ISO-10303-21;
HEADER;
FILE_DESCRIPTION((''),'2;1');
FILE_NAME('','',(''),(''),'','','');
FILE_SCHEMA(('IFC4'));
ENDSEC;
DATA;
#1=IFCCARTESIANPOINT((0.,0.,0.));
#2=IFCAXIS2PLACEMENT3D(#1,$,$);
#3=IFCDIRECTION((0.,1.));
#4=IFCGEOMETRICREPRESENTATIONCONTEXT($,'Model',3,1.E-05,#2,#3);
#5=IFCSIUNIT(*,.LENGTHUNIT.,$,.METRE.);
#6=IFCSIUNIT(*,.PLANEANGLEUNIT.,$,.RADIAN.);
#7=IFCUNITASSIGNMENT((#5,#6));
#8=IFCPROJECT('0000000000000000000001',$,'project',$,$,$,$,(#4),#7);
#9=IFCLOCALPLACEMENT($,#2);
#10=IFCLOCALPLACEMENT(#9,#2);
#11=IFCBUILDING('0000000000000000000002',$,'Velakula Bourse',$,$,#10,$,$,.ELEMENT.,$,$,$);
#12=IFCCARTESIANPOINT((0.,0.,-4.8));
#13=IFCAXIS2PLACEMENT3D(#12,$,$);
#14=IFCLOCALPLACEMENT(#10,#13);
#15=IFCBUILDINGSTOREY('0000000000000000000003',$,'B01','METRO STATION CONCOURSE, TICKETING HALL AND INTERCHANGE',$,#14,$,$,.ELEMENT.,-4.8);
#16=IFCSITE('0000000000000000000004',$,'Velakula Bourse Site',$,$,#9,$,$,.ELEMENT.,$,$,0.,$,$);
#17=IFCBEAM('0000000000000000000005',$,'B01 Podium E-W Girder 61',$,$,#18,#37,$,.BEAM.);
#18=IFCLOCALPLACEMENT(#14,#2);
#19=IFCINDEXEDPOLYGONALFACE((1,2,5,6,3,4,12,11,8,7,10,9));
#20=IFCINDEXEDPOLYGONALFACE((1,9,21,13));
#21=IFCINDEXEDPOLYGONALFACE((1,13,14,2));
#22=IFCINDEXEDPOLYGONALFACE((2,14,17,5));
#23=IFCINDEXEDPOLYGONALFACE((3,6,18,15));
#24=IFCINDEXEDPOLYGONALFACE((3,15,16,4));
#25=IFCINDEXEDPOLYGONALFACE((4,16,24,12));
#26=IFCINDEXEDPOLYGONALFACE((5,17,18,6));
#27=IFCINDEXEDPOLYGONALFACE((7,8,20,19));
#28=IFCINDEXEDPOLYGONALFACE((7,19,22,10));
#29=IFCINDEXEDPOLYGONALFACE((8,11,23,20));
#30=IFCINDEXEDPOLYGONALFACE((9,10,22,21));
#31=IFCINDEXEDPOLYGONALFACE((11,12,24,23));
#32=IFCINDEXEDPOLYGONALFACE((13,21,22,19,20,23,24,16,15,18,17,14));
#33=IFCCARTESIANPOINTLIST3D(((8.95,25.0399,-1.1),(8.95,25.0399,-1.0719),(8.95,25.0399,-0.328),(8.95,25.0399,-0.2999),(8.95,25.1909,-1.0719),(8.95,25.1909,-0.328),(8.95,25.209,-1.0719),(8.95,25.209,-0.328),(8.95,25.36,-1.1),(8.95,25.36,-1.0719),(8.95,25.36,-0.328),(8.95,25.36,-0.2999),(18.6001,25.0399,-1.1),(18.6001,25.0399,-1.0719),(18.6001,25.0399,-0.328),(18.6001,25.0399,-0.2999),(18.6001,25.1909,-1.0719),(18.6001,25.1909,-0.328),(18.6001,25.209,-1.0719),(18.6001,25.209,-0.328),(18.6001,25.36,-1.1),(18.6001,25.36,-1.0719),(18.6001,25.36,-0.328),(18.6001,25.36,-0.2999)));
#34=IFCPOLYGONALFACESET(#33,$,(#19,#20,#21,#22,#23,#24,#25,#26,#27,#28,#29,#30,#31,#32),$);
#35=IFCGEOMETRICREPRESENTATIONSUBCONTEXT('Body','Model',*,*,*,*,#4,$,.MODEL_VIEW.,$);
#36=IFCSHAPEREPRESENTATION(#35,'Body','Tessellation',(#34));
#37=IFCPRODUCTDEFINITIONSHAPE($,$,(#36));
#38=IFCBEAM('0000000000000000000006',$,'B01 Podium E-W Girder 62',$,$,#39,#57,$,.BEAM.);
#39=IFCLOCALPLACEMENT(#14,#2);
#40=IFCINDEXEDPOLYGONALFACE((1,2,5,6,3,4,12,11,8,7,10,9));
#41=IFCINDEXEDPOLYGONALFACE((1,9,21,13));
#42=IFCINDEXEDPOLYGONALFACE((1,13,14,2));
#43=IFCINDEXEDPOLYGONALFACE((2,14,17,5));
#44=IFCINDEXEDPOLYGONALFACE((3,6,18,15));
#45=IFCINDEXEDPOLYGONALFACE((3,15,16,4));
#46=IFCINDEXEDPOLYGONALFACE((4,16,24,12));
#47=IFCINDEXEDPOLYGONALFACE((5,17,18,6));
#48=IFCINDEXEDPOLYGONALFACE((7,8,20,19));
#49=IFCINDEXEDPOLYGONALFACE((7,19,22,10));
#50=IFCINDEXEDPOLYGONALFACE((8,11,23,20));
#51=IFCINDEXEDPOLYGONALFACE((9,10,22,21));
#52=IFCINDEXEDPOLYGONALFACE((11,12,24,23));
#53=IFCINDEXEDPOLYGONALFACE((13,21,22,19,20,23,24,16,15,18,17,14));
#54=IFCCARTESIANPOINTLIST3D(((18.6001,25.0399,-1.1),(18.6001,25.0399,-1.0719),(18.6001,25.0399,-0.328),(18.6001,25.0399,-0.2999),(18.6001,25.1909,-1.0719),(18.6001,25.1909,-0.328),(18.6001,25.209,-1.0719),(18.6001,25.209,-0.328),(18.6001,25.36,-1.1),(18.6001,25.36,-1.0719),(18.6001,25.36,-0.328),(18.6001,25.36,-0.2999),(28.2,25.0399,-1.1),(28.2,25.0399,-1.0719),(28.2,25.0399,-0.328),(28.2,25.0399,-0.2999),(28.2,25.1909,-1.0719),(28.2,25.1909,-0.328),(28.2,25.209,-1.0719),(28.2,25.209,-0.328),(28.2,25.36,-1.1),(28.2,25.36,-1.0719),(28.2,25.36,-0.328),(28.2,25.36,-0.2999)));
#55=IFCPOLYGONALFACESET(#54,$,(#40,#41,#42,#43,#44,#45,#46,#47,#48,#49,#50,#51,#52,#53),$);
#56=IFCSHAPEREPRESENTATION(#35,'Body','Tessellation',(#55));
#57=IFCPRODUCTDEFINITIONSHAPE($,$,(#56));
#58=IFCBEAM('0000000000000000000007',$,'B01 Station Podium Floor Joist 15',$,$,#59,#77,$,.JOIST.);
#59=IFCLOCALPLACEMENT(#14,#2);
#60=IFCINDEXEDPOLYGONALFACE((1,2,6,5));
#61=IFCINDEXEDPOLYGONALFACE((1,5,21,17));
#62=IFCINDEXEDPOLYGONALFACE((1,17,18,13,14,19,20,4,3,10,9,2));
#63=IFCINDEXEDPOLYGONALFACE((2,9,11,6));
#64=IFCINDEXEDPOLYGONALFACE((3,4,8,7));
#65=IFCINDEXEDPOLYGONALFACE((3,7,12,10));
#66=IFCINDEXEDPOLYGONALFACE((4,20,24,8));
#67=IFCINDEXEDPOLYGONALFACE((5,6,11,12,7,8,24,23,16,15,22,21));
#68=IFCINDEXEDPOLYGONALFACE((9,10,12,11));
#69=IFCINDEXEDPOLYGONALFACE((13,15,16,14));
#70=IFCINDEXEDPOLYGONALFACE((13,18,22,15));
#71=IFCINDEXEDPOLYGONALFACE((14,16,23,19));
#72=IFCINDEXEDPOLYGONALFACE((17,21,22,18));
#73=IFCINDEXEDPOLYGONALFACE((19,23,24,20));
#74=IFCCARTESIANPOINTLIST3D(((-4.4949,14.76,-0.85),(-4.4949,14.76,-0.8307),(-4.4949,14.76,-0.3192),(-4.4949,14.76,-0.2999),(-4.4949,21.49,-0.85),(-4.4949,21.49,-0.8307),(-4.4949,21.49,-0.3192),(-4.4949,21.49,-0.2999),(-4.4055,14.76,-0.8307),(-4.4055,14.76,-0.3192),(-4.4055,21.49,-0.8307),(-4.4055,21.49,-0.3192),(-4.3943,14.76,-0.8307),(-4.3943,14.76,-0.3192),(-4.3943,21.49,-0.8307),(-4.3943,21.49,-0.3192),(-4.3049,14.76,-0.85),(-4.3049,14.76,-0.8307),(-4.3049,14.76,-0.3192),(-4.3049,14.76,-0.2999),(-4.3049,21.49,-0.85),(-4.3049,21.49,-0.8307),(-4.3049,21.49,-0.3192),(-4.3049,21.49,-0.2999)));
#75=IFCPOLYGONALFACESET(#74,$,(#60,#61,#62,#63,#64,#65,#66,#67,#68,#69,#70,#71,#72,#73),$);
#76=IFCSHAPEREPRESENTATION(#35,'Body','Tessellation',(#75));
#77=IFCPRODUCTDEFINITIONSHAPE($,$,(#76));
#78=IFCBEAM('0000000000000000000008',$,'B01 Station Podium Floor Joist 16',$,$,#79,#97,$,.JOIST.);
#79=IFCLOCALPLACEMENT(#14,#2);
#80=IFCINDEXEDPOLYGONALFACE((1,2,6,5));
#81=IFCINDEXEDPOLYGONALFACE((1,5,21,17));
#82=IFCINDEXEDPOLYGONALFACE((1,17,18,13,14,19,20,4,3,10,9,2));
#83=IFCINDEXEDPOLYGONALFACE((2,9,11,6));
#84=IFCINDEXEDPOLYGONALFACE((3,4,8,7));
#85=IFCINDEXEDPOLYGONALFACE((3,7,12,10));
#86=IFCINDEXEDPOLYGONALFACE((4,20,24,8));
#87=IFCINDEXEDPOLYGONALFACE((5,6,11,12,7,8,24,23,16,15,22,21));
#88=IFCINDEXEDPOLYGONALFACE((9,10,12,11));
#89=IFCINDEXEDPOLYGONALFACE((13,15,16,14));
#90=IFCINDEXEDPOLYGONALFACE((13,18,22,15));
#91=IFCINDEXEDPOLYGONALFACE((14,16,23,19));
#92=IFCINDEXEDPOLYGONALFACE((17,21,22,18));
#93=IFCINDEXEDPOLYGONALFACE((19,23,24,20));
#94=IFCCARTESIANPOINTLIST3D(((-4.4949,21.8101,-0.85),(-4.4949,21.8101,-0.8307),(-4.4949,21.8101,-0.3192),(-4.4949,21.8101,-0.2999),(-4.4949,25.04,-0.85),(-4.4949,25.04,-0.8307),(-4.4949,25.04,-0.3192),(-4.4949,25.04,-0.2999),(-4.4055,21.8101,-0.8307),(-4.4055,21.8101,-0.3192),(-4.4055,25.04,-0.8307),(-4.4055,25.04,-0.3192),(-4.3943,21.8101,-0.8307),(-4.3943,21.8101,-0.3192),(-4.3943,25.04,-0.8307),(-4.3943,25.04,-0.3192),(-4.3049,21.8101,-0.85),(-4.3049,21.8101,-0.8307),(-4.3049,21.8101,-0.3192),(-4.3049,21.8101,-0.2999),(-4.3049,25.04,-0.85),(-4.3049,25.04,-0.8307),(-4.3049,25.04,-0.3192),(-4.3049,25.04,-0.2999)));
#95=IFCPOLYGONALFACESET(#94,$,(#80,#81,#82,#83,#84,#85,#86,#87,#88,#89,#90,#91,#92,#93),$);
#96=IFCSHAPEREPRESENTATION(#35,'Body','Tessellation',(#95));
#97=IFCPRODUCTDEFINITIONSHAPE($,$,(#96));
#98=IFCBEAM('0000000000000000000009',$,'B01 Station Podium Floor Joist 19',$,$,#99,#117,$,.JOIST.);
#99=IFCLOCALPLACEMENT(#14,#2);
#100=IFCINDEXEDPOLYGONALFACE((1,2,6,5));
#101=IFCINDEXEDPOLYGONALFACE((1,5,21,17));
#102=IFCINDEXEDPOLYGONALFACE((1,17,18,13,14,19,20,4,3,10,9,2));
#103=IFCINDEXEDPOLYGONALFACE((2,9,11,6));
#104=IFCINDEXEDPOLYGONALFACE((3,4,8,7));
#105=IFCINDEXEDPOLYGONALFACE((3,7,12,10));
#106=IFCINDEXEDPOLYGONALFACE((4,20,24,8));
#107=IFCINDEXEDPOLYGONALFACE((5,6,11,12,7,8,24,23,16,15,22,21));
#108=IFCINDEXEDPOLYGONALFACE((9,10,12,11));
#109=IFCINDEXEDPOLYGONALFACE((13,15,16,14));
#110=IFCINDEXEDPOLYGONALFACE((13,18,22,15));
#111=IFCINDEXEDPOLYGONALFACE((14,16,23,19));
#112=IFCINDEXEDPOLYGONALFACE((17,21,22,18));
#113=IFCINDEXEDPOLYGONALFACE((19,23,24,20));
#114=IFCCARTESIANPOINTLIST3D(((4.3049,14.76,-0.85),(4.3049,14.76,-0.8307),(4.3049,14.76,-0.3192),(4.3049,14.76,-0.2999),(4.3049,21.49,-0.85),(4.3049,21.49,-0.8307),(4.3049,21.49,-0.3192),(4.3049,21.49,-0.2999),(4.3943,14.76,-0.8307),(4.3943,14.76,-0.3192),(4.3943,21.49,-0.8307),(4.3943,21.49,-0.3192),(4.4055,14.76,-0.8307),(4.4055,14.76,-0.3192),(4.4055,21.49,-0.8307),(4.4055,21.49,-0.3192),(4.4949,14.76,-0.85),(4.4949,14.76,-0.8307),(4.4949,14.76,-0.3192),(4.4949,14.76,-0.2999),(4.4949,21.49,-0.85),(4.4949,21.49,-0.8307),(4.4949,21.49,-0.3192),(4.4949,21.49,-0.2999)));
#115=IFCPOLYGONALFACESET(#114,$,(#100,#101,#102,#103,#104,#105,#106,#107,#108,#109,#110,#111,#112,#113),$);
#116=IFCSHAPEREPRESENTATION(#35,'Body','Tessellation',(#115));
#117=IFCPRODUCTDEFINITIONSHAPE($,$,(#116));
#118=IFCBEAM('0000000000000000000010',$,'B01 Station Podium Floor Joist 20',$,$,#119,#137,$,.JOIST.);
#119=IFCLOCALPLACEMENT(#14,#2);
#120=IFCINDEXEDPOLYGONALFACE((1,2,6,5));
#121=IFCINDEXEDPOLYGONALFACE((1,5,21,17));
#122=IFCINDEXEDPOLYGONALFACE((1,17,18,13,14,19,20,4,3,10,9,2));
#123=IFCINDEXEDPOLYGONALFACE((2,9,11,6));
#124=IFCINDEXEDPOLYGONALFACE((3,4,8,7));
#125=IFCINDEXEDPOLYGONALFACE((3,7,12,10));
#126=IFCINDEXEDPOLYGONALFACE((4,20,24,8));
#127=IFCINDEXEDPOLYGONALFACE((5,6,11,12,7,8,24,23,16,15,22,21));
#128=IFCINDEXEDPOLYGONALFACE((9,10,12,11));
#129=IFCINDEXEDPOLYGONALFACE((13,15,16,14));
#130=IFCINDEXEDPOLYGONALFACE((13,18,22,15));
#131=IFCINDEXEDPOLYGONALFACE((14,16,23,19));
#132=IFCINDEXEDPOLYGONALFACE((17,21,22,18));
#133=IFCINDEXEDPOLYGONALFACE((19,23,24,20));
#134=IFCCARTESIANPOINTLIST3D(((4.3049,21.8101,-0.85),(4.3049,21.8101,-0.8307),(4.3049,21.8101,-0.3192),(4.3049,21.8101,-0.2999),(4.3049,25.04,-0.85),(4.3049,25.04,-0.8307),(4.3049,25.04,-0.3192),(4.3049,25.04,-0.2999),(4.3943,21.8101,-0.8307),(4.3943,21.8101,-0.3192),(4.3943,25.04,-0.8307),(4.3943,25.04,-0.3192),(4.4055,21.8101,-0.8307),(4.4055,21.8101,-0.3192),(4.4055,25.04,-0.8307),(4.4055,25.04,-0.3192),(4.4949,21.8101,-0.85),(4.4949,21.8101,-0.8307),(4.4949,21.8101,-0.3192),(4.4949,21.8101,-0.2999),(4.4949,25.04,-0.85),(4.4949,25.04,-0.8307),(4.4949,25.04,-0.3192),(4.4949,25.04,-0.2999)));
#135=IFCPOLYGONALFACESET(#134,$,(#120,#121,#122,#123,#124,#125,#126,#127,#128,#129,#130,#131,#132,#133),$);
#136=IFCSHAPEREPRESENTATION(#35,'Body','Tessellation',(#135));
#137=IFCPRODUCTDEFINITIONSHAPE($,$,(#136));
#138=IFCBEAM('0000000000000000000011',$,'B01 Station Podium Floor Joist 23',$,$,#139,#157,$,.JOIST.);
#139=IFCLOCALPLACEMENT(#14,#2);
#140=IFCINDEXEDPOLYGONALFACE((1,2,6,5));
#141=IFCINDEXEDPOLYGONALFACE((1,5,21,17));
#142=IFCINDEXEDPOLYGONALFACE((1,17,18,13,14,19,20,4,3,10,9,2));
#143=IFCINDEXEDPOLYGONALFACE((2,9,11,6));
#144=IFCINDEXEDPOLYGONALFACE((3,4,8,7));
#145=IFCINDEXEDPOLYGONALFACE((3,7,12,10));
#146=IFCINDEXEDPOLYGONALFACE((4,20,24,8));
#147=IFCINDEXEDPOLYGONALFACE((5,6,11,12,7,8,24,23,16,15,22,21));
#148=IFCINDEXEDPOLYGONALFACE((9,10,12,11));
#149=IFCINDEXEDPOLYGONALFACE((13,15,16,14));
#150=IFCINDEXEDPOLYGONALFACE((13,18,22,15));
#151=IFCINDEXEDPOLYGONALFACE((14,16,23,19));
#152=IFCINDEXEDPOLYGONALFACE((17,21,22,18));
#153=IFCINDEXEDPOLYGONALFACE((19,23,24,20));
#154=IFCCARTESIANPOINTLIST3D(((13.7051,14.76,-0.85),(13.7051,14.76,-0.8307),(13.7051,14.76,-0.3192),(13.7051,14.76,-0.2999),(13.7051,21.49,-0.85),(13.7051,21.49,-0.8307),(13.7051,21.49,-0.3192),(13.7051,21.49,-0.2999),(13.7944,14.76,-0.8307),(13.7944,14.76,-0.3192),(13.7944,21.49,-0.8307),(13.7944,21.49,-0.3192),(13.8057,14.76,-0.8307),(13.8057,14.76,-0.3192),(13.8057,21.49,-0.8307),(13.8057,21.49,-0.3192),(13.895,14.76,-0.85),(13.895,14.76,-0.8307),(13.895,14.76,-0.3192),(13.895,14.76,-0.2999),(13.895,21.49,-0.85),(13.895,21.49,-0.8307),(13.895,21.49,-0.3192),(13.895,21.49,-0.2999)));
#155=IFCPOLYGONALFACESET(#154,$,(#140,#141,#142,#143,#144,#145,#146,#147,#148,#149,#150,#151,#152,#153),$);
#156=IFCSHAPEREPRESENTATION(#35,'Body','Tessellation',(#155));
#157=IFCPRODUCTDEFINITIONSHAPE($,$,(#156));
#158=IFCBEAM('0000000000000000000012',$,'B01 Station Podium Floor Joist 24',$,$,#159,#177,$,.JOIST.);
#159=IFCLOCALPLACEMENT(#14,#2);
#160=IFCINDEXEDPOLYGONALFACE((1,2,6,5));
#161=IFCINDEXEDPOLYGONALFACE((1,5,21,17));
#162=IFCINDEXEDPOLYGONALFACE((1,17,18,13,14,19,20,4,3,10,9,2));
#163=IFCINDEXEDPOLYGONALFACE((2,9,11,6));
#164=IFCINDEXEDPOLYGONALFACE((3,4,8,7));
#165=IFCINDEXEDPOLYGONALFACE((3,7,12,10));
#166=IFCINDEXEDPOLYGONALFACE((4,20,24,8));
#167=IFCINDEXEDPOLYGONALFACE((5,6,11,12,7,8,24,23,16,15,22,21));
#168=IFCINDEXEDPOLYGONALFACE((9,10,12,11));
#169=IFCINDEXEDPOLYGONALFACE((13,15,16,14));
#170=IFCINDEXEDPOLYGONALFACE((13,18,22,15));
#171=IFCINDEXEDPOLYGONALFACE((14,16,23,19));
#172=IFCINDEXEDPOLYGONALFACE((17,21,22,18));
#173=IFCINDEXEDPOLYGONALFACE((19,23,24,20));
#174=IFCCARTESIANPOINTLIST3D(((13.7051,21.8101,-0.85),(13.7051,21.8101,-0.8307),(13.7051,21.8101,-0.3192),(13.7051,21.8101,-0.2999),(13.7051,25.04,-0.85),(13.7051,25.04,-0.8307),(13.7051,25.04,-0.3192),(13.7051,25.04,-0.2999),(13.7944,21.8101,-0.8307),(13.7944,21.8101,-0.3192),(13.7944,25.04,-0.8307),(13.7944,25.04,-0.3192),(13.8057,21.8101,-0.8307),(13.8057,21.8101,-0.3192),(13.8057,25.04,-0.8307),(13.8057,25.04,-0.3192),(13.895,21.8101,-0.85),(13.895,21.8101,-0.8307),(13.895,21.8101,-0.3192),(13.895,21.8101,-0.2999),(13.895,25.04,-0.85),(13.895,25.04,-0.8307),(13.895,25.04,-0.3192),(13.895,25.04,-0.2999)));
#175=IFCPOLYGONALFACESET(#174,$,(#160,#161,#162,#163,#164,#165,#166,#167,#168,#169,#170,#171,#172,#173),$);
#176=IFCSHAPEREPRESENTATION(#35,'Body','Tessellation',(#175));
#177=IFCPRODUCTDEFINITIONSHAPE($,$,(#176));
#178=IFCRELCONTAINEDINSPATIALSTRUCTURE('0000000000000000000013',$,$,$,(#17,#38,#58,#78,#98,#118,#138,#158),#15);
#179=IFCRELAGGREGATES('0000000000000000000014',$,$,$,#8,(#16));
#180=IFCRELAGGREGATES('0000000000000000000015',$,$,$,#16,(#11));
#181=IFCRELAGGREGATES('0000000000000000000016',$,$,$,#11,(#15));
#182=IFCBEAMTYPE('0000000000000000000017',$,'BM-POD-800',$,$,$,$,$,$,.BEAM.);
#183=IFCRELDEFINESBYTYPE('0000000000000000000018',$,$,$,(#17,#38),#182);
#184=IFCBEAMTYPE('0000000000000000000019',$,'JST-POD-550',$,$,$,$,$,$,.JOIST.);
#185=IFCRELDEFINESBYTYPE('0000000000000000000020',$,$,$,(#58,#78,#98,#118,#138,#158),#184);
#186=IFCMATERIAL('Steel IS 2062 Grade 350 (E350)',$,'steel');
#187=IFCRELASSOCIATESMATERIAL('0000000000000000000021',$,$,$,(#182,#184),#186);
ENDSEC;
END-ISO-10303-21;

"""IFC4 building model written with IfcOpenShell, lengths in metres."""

from ifc_helpers import new_model, si_unit, direction, frame, origin, origin_2d, place, context, subcontext, project, spatial, i_section, extrude, material, material_profile, profile_set, type_object, element, save


model = new_model("IFC4")

# Units and contexts
model_context = context("Model", 3, precision=1e-05, world=origin(), true_north=direction((0.0, 1.0)))
body_context = subcontext(model_context, "Body", "Model", "MODEL_VIEW")
ifc_project = project(units=[si_unit("LENGTHUNIT", "METRE"), si_unit("PLANEANGLEUNIT", "RADIAN")], contexts=[model_context])

# Site, building, storey
site_placement = place(None, origin())
site = spatial("IfcSite", under=ifc_project, at=site_placement, Name="Velakula Bourse Site", CompositionType="ELEMENT", RefElevation=0.0)
building_placement = place(site_placement, origin())
building = spatial("IfcBuilding", under=site, at=building_placement, Name="Velakula Bourse", CompositionType="ELEMENT")
storey_placement = place(building_placement, frame((0.0, 0.0, -4.8)))
storey = spatial("IfcBuildingStorey", under=building, at=storey_placement, Name="B01", Description="METRO STATION CONCOURSE, TICKETING HALL AND INTERCHANGE", CompositionType="ELEMENT", Elevation=-4.8)

# Beams
ifc_material_1 = material(Name="Steel IS 2062 Grade 350 (E350)", Category="steel")
ifc_material_profile_1 = material_profile(ifc_material_1, i_section(OverallWidth=0.3201, OverallDepth=0.8, WebThickness=0.0181, FlangeThickness=0.0281, at=origin_2d()), Name="Steel IS 2062 Grade 350 (E350)")
ifc_profile_set_1 = profile_set([ifc_material_profile_1], Name="Steel IS 2062 Grade 350 (E350)")
beam_type_1 = type_object("IfcBeamType", Name="BM-POD-800", PredefinedType="BEAM", material=ifc_profile_set_1)
beam_1_placement = place(storey_placement, frame((8.95, 25.2, -0.7), z_axis=(1.0, 0.0, 0.0), x_axis=(0.0, 1.0, 0.0)))
element("IfcBeam", 1, at=beam_1_placement, inside=storey, type_object=beam_type_1, Name="B01 Podium E-W Girder 61", PredefinedType="BEAM", context=body_context, shape_type="SweptSolid", body=[
    extrude(i_section(OverallWidth=0.3201, OverallDepth=0.8, WebThickness=0.0181, FlangeThickness=0.0281, at=origin_2d()), origin(), (0.0, 0.0, 1.0), 9.6501),
])
beam_2_placement = place(storey_placement, frame((18.6001, 25.2, -0.7), z_axis=(1.0, 0.0, 0.0), x_axis=(0.0, 1.0, 0.0)))
element("IfcBeam", 2, at=beam_2_placement, inside=storey, type_object=beam_type_1, Name="B01 Podium E-W Girder 62", PredefinedType="BEAM", context=body_context, shape_type="SweptSolid", body=[
    extrude(i_section(OverallWidth=0.3201, OverallDepth=0.8, WebThickness=0.0181, FlangeThickness=0.0281, at=origin_2d()), origin(), (0.0, 0.0, 1.0), 9.5999),
])
ifc_material_profile_2 = material_profile(ifc_material_1, i_section(OverallWidth=0.1899, OverallDepth=0.55, WebThickness=0.0112, FlangeThickness=0.0193, at=origin_2d()), Name="Steel IS 2062 Grade 350 (E350)")
ifc_profile_set_2 = profile_set([ifc_material_profile_2], Name="Steel IS 2062 Grade 350 (E350)")
beam_type_2 = type_object("IfcBeamType", Name="JST-POD-550", PredefinedType="JOIST", material=ifc_profile_set_2)
beam_3_placement = place(storey_placement, frame((-4.3999, 14.76, -0.575), z_axis=(0.0, 1.0, 0.0), x_axis=(-1.0, 0.0, 0.0)))
element("IfcBeam", 3, at=beam_3_placement, inside=storey, type_object=beam_type_2, Name="B01 Station Podium Floor Joist 15", PredefinedType="JOIST", context=body_context, shape_type="SweptSolid", body=[
    extrude(i_section(OverallWidth=0.1899, OverallDepth=0.55, WebThickness=0.0112, FlangeThickness=0.0193, at=origin_2d()), origin(), (0.0, 0.0, 1.0), 6.73),
])
beam_4_placement = place(storey_placement, frame((-4.3999, 21.8101, -0.575), z_axis=(0.0, 1.0, 0.0), x_axis=(-1.0, 0.0, 0.0)))
element("IfcBeam", 4, at=beam_4_placement, inside=storey, type_object=beam_type_2, Name="B01 Station Podium Floor Joist 16", PredefinedType="JOIST", context=body_context, shape_type="SweptSolid", body=[
    extrude(i_section(OverallWidth=0.1899, OverallDepth=0.55, WebThickness=0.0112, FlangeThickness=0.0193, at=origin_2d()), origin(), (0.0, 0.0, 1.0), 3.23),
])
beam_5_placement = place(storey_placement, frame((4.3999, 14.76, -0.575), z_axis=(0.0, 1.0, 0.0), x_axis=(-1.0, 0.0, 0.0)))
element("IfcBeam", 5, at=beam_5_placement, inside=storey, type_object=beam_type_2, Name="B01 Station Podium Floor Joist 19", PredefinedType="JOIST", context=body_context, shape_type="SweptSolid", body=[
    extrude(i_section(OverallWidth=0.1899, OverallDepth=0.55, WebThickness=0.0112, FlangeThickness=0.0193, at=origin_2d()), origin(), (0.0, 0.0, 1.0), 6.73),
])
beam_6_placement = place(storey_placement, frame((4.3999, 21.8101, -0.575), z_axis=(0.0, 1.0, 0.0), x_axis=(-1.0, 0.0, 0.0)))
element("IfcBeam", 6, at=beam_6_placement, inside=storey, type_object=beam_type_2, Name="B01 Station Podium Floor Joist 20", PredefinedType="JOIST", context=body_context, shape_type="SweptSolid", body=[
    extrude(i_section(OverallWidth=0.1899, OverallDepth=0.55, WebThickness=0.0112, FlangeThickness=0.0193, at=origin_2d()), origin(), (0.0, 0.0, 1.0), 3.23),
])
beam_7_placement = place(storey_placement, frame((13.8, 14.76, -0.575), z_axis=(0.0, 1.0, 0.0), x_axis=(-1.0, 0.0, 0.0)))
element("IfcBeam", 7, at=beam_7_placement, inside=storey, type_object=beam_type_2, Name="B01 Station Podium Floor Joist 23", PredefinedType="JOIST", context=body_context, shape_type="SweptSolid", body=[
    extrude(i_section(OverallWidth=0.1899, OverallDepth=0.55, WebThickness=0.0112, FlangeThickness=0.0193, at=origin_2d()), origin(), (0.0, 0.0, 1.0), 6.73),
])
beam_8_placement = place(storey_placement, frame((13.8, 21.8101, -0.575), z_axis=(0.0, 1.0, 0.0), x_axis=(-1.0, 0.0, 0.0)))
element("IfcBeam", 8, at=beam_8_placement, inside=storey, type_object=beam_type_2, Name="B01 Station Podium Floor Joist 24", PredefinedType="JOIST", context=body_context, shape_type="SweptSolid", body=[
    extrude(i_section(OverallWidth=0.1899, OverallDepth=0.55, WebThickness=0.0112, FlangeThickness=0.0193, at=origin_2d()), origin(), (0.0, 0.0, 1.0), 3.23),
])

save(model, "model.ifc")
